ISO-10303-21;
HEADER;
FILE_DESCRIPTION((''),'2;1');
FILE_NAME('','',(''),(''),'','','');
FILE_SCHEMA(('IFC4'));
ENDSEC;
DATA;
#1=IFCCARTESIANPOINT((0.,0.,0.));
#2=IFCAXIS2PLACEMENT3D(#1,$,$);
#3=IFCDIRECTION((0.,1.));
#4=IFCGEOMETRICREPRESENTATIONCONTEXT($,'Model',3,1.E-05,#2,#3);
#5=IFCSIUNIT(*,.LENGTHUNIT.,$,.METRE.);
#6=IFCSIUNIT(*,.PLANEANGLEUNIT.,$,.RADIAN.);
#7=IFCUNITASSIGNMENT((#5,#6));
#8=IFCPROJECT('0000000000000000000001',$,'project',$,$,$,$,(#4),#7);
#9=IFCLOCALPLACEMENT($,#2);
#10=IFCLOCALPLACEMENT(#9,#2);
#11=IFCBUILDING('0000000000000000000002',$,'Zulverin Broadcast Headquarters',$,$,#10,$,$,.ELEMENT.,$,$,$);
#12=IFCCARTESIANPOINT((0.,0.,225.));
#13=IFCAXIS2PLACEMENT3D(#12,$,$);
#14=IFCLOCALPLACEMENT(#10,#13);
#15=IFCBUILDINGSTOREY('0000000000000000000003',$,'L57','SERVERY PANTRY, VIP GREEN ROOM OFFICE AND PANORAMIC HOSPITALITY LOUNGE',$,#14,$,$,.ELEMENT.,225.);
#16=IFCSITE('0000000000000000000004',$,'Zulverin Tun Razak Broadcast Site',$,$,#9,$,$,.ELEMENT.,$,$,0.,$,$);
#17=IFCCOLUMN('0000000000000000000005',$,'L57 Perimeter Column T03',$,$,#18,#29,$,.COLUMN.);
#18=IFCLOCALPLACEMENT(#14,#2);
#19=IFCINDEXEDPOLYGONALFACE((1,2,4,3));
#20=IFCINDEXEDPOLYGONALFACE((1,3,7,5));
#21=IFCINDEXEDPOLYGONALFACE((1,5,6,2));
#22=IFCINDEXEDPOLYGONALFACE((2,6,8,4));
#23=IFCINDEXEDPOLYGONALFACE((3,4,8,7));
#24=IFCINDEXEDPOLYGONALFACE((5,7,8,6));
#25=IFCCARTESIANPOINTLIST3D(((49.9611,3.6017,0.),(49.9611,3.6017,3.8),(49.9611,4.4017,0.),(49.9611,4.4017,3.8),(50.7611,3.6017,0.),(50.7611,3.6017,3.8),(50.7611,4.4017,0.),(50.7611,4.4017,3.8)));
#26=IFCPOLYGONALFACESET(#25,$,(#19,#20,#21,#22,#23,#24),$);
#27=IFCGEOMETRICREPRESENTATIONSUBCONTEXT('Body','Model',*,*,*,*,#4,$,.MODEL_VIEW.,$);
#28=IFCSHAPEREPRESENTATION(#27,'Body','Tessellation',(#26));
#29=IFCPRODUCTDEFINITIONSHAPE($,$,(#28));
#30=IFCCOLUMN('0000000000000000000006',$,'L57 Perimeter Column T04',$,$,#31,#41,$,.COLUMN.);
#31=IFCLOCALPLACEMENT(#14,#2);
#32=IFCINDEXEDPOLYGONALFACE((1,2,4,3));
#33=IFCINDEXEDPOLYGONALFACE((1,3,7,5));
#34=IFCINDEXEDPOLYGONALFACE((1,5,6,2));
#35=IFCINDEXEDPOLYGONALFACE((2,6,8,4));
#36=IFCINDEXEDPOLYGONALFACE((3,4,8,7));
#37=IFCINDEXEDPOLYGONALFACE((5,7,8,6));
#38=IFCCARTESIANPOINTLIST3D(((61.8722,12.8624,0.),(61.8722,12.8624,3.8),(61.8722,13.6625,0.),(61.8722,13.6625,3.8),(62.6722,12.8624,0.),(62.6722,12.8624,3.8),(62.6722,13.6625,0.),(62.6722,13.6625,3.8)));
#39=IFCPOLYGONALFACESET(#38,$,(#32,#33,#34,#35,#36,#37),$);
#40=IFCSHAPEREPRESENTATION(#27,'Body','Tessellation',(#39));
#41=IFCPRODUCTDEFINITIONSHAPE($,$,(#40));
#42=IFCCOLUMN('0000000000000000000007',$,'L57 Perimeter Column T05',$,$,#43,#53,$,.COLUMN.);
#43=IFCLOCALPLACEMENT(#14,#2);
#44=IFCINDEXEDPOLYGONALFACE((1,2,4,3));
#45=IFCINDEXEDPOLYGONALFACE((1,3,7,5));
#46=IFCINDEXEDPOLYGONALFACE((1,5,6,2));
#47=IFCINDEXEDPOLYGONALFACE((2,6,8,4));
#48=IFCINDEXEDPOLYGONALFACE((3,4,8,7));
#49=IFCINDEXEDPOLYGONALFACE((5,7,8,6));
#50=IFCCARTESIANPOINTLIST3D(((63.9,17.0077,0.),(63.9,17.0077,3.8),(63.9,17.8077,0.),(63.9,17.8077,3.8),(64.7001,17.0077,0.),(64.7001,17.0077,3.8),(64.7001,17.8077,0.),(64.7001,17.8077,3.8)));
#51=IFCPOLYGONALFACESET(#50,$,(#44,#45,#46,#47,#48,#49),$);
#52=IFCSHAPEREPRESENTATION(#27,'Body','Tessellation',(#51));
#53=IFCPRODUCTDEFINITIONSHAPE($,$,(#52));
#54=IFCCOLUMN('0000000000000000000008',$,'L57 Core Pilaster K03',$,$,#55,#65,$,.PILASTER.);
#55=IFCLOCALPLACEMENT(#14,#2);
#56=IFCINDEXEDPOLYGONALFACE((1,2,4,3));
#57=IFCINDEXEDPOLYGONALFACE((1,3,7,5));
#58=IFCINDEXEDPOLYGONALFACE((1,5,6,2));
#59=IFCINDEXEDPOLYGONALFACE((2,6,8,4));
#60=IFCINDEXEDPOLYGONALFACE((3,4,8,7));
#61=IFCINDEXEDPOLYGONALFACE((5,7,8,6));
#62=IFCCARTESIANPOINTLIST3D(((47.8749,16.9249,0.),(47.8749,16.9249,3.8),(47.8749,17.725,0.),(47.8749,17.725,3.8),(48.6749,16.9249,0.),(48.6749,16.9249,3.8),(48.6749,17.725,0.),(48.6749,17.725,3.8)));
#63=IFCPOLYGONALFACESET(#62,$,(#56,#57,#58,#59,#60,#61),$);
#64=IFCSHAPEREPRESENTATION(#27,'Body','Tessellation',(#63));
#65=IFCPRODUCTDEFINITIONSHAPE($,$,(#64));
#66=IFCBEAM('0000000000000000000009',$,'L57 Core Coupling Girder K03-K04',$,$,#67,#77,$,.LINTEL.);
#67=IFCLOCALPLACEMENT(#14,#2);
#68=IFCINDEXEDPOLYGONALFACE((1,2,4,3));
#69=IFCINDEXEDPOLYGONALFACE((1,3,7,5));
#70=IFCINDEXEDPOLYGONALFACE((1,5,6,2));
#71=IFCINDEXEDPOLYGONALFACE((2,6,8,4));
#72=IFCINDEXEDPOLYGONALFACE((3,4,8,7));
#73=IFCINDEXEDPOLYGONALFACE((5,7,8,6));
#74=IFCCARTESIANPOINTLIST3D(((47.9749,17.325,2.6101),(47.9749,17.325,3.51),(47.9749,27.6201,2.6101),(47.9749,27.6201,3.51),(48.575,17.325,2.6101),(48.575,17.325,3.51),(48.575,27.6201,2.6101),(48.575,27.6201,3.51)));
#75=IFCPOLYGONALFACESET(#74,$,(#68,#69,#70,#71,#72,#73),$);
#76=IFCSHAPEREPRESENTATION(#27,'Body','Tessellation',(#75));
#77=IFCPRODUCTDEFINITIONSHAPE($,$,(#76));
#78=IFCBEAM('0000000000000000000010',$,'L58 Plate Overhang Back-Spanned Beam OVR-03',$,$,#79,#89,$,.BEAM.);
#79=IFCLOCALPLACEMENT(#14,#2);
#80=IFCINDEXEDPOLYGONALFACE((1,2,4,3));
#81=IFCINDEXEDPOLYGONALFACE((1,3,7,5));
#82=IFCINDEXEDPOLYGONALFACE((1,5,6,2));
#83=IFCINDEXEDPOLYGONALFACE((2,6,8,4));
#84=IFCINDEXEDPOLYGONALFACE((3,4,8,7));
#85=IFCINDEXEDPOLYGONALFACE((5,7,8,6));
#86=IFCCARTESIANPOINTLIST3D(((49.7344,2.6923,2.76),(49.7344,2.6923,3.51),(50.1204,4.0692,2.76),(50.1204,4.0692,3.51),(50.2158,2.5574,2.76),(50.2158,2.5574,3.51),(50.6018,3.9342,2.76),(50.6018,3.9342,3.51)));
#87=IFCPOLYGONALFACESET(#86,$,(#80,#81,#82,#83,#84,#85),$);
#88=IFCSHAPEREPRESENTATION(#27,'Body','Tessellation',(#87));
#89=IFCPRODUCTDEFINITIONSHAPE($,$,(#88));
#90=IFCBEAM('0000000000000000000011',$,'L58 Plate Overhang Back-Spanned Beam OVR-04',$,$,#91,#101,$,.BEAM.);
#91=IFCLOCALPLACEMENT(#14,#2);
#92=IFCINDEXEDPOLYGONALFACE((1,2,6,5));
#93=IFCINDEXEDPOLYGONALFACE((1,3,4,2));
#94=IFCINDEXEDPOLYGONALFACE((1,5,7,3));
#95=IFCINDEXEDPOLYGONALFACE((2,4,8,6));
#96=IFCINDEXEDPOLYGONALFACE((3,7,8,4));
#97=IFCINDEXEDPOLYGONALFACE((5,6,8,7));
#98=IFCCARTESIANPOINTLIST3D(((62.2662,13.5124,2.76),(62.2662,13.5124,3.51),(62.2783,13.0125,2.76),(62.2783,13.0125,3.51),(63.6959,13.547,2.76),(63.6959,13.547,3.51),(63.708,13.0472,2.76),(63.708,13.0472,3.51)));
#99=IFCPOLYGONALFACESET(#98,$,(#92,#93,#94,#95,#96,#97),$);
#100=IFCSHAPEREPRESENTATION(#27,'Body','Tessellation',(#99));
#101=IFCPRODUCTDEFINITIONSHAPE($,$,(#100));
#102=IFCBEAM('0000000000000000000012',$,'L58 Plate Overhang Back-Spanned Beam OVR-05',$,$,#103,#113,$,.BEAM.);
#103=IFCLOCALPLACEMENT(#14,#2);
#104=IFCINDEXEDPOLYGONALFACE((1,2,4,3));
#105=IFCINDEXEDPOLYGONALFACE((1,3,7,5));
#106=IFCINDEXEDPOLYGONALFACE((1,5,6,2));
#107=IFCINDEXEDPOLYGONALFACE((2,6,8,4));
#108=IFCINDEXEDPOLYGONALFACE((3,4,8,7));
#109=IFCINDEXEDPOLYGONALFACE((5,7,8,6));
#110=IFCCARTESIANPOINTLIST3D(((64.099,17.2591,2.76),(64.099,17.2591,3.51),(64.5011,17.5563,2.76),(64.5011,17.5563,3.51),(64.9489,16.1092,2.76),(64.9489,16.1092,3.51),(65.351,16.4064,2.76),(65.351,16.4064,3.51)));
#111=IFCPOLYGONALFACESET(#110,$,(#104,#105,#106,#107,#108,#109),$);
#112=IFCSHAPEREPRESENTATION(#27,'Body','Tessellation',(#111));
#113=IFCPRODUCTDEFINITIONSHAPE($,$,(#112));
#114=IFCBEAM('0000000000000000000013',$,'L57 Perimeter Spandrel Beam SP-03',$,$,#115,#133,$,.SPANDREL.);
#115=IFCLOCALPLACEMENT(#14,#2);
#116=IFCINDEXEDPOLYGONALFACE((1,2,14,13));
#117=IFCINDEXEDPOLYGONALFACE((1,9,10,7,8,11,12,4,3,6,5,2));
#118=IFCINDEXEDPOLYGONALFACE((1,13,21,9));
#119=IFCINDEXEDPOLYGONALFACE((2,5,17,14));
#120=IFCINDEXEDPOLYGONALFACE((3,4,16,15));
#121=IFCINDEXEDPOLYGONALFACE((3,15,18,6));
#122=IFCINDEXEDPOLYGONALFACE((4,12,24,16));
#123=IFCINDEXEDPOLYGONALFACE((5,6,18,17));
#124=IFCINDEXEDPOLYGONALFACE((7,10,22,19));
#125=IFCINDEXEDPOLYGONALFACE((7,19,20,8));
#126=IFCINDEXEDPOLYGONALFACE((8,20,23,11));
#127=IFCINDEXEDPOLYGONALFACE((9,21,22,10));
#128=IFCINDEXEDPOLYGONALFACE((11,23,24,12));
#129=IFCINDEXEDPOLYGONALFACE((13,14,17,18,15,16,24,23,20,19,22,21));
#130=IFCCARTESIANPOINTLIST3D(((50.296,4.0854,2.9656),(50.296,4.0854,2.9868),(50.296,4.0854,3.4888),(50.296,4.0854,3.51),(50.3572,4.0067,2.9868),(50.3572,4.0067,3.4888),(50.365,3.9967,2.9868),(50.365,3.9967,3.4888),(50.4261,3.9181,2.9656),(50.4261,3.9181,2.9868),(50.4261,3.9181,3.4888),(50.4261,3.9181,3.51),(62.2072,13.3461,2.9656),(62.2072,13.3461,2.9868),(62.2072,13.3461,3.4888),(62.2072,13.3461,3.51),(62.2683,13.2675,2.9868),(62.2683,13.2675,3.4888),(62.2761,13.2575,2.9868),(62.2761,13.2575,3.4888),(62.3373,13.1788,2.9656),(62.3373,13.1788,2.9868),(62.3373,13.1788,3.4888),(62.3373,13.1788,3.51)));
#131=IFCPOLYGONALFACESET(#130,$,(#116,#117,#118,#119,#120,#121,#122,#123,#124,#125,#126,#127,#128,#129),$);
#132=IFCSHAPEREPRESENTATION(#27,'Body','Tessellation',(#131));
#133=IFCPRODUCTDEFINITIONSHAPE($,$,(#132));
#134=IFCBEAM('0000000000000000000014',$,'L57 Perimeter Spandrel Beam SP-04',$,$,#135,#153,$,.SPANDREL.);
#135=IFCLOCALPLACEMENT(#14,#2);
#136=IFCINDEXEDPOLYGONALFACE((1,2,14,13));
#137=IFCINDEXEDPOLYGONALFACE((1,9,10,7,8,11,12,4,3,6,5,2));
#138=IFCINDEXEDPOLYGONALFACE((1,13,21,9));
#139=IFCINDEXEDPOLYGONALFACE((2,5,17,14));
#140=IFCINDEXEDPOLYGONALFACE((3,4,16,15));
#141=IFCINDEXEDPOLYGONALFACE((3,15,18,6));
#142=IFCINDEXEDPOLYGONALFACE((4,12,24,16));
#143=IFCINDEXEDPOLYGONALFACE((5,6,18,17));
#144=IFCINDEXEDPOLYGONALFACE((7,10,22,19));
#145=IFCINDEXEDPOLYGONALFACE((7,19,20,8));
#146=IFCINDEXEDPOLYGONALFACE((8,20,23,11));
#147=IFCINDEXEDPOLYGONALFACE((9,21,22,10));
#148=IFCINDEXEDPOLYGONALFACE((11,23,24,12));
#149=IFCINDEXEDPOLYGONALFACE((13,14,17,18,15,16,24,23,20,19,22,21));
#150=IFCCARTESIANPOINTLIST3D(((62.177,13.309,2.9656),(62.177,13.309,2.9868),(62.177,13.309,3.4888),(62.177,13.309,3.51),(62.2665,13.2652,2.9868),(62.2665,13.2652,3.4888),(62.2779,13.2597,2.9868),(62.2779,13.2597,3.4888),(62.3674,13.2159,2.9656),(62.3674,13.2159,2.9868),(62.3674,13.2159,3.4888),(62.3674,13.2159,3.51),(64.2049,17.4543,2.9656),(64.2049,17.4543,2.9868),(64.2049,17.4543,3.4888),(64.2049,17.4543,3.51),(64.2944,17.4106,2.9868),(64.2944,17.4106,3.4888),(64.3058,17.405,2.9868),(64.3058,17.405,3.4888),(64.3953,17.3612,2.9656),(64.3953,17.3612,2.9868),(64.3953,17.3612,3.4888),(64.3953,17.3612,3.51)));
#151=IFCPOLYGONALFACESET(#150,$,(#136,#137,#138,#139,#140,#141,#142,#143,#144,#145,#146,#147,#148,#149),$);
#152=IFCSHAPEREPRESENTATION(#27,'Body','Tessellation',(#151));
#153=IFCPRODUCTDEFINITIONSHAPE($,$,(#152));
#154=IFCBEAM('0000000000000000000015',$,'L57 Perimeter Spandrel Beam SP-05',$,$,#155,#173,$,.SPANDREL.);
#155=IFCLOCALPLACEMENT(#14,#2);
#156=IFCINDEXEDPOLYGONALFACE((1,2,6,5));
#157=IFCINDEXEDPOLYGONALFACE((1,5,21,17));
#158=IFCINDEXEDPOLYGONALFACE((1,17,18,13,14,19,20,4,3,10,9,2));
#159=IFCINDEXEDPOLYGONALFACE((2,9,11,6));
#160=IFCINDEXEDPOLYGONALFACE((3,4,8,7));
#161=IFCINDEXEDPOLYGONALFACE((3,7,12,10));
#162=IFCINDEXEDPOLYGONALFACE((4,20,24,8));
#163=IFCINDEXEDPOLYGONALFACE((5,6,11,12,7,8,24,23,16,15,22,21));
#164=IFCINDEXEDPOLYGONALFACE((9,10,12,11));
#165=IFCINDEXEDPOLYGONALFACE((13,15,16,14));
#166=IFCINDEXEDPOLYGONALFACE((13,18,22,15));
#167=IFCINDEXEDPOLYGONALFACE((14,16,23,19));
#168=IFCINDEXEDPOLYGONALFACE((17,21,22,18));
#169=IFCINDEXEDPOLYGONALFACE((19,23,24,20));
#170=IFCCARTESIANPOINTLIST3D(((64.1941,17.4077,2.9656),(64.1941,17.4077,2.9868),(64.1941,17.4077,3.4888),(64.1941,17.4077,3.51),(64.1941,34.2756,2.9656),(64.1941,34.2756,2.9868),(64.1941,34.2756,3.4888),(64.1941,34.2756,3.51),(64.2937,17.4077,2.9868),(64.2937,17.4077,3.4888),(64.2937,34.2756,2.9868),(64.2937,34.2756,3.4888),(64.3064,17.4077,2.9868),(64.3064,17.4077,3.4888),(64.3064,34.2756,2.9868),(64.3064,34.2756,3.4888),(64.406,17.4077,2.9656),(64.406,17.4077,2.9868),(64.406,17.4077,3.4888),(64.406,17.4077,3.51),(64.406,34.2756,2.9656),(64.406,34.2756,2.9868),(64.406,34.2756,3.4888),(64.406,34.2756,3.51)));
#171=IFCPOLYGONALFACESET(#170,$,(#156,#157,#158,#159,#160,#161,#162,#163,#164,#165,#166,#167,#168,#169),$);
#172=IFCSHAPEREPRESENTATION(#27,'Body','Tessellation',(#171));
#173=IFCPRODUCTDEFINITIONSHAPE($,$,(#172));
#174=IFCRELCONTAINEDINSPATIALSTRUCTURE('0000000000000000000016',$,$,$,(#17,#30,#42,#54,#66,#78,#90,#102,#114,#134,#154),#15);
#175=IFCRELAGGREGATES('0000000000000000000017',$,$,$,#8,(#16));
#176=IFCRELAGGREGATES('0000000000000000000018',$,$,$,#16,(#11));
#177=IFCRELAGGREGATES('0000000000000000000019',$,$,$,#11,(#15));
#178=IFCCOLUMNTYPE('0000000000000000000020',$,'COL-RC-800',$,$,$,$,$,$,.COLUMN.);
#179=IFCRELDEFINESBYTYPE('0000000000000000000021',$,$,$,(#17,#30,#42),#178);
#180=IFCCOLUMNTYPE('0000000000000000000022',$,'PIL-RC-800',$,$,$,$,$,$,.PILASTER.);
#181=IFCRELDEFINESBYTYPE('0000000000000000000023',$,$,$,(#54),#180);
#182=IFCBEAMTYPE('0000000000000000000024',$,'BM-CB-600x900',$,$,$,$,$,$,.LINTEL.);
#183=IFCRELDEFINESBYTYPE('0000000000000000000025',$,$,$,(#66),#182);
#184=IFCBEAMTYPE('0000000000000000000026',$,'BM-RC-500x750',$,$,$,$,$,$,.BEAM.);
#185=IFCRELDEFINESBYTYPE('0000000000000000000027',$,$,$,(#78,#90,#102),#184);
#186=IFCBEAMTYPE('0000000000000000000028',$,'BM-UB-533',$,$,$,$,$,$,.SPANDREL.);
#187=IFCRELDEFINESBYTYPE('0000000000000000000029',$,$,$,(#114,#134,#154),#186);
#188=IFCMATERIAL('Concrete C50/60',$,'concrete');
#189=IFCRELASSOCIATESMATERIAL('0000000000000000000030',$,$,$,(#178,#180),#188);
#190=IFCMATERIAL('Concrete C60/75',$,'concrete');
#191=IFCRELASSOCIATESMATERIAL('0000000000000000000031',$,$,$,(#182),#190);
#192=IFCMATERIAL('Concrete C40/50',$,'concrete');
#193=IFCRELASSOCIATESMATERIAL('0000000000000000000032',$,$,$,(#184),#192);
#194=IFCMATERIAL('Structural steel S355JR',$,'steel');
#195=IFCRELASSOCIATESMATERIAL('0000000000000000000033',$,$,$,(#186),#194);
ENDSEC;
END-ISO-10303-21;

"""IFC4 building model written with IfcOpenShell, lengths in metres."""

from ifc_helpers import new_model, si_unit, direction, frame, origin, origin_2d, place, context, subcontext, project, spatial, rectangle, i_section, extrude, material, material_profile, profile_set, type_object, element, save


model = new_model("IFC4")

# Units and contexts
model_context = context("Model", 3, precision=1e-05, world=origin(), true_north=direction((0.0, 1.0)))
body_context = subcontext(model_context, "Body", "Model", "MODEL_VIEW")
ifc_project = project(units=[si_unit("LENGTHUNIT", "METRE"), si_unit("PLANEANGLEUNIT", "RADIAN")], contexts=[model_context])

# Site, building, storey
site_placement = place(None, origin())
site = spatial("IfcSite", under=ifc_project, at=site_placement, Name="Zulverin Tun Razak Broadcast Site", CompositionType="ELEMENT", RefElevation=0.0)
building_placement = place(site_placement, origin())
building = spatial("IfcBuilding", under=site, at=building_placement, Name="Zulverin Broadcast Headquarters", CompositionType="ELEMENT")
storey_placement = place(building_placement, frame((0.0, 0.0, 225.0)))
storey = spatial("IfcBuildingStorey", under=building, at=storey_placement, Name="L57", Description="SERVERY PANTRY, VIP GREEN ROOM OFFICE AND PANORAMIC HOSPITALITY LOUNGE", CompositionType="ELEMENT", Elevation=225.0)

# Columns
ifc_material_1 = material(Name="Concrete C50/60", Category="concrete")
ifc_material_profile_1 = material_profile(ifc_material_1, rectangle(XDim=0.8, YDim=0.8, at=origin_2d()), Name="Concrete C50/60", Category="concrete")
ifc_profile_set_1 = profile_set([ifc_material_profile_1], Name="Concrete C50/60")
column_type_1 = type_object("IfcColumnType", Name="COL-RC-800", PredefinedType="COLUMN", material=ifc_profile_set_1)
for number, where, z_axis, x_axis, name in (
    (1, (50.3611, 4.0017, 0.0), (0.0, 0.0, 1.0), (1.0, 0.0, 0.0), "L57 Perimeter Column T03"),
    (2, (62.2722, 13.2625, 0.0), (0.0, 0.0, 1.0), (1.0, 0.0, 0.0), "L57 Perimeter Column T04"),
    (3, (64.3, 17.4077, 0.0), (0.0, 0.0, 1.0), (1.0, 0.0, 0.0), "L57 Perimeter Column T05"),
):
    element("IfcColumn", number, at=place(storey_placement, frame(where, z_axis=z_axis, x_axis=x_axis)), inside=storey, type_object=column_type_1, Name=name, PredefinedType="COLUMN", context=body_context, shape_type="SweptSolid", body=[
        extrude(rectangle(XDim=0.8, YDim=0.8, at=origin_2d()), origin(), (0.0, 0.0, 1.0), 3.8),
    ])
ifc_material_profile_2 = material_profile(ifc_material_1, rectangle(XDim=0.8, YDim=0.8, at=origin_2d()), Name="Concrete C50/60", Category="concrete")
ifc_profile_set_2 = profile_set([ifc_material_profile_2], Name="Concrete C50/60")
column_type_2 = type_object("IfcColumnType", Name="PIL-RC-800", PredefinedType="PILASTER", material=ifc_profile_set_2)
column_placement = place(storey_placement, frame((48.2749, 17.325, 0.0), z_axis=(0.0, 0.0, 1.0), x_axis=(1.0, 0.0, 0.0)))
element("IfcColumn", 4, at=column_placement, inside=storey, type_object=column_type_2, Name="L57 Core Pilaster K03", PredefinedType="PILASTER", context=body_context, shape_type="SweptSolid", body=[
    extrude(rectangle(XDim=0.8, YDim=0.8, at=origin_2d()), origin(), (0.0, 0.0, 1.0), 3.8),
])

# Beams
ifc_material_2 = material(Name="Concrete C60/75", Category="concrete")
ifc_material_profile_3 = material_profile(ifc_material_2, rectangle(XDim=0.6001, YDim=0.8999, at=origin_2d()), Name="Concrete C60/75", Category="concrete")
ifc_profile_set_3 = profile_set([ifc_material_profile_3], Name="Concrete C60/75")
beam_type_1 = type_object("IfcBeamType", Name="BM-CB-600x900", PredefinedType="LINTEL", material=ifc_profile_set_3)
beam_1_placement = place(storey_placement, frame((48.2749, 17.325, 3.0601), z_axis=(0.0, 1.0, 0.0), x_axis=(-1.0, 0.0, 0.0)))
element("IfcBeam", 5, at=beam_1_placement, inside=storey, type_object=beam_type_1, Name="L57 Core Coupling Girder K03-K04", PredefinedType="LINTEL", context=body_context, shape_type="SweptSolid", body=[
    extrude(rectangle(XDim=0.6001, YDim=0.8999, at=origin_2d()), origin(), (0.0, 0.0, 1.0), 10.2952),
])
ifc_material_3 = material(Name="Concrete C40/50", Category="concrete")
ifc_material_profile_4 = material_profile(ifc_material_3, rectangle(XDim=0.5, YDim=0.75, at=origin_2d()), Name="Concrete C40/50", Category="concrete")
ifc_profile_set_4 = profile_set([ifc_material_profile_4], Name="Concrete C40/50")
beam_type_2 = type_object("IfcBeamType", Name="BM-RC-500x750", PredefinedType="BEAM", material=ifc_profile_set_4)
beam_2_placement = place(storey_placement, frame((50.3611, 4.0017, 3.135), z_axis=(-0.269915, -0.962884, 0.0), x_axis=(0.962884, -0.269915, 0.0)))
element("IfcBeam", 6, at=beam_2_placement, inside=storey, type_object=beam_type_2, Name="L58 Plate Overhang Back-Spanned Beam OVR-03", PredefinedType="BEAM", context=body_context, shape_type="SweptSolid", body=[
    extrude(rectangle(XDim=0.5, YDim=0.75, at=origin_2d()), origin(), (0.0, 0.0, 1.0), 1.4299),
])
beam_3_placement = place(storey_placement, frame((62.2722, 13.2625, 3.135), z_axis=(0.999706, 0.024242, 0.0), x_axis=(-0.024242, 0.999706, 0.0)))
element("IfcBeam", 7, at=beam_3_placement, inside=storey, type_object=beam_type_2, Name="L58 Plate Overhang Back-Spanned Beam OVR-04", PredefinedType="BEAM", context=body_context, shape_type="SweptSolid", body=[
    extrude(rectangle(XDim=0.5, YDim=0.75, at=origin_2d()), origin(), (0.0, 0.0, 1.0), 1.4302),
])
beam_4_placement = place(storey_placement, frame((64.3, 17.4077, 3.135), z_axis=(0.594357, -0.804201, 0.0), x_axis=(0.804201, 0.594357, 0.0)))
element("IfcBeam", 8, at=beam_4_placement, inside=storey, type_object=beam_type_2, Name="L58 Plate Overhang Back-Spanned Beam OVR-05", PredefinedType="BEAM", context=body_context, shape_type="SweptSolid", body=[
    extrude(rectangle(XDim=0.5, YDim=0.75, at=origin_2d()), origin(), (0.0, 0.0, 1.0), 1.4299),
])
ifc_material_4 = material(Name="Structural steel S355JR", Category="steel")
ifc_material_profile_5 = material_profile(ifc_material_4, i_section(OverallWidth=0.2119, OverallDepth=0.5444, WebThickness=0.0127, FlangeThickness=0.0212, at=origin_2d()), Name="Structural steel S355JR", Category="steel")
ifc_profile_set_5 = profile_set([ifc_material_profile_5], Name="Structural steel S355JR")
beam_type_3 = type_object("IfcBeamType", Name="BM-UB-533", PredefinedType="SPANDREL", material=ifc_profile_set_5)
beam_5_placement = place(storey_placement, frame((50.3611, 4.0017, 3.2378), z_axis=(0.789464, 0.613797, 0.0), x_axis=(-0.613797, 0.789464, 0.0)))
element("IfcBeam", 9, at=beam_5_placement, inside=storey, type_object=beam_type_3, Name="L57 Perimeter Spandrel Beam SP-03", PredefinedType="SPANDREL", context=body_context, shape_type="SweptSolid", body=[
    extrude(i_section(OverallWidth=0.2119, OverallDepth=0.5444, WebThickness=0.0127, FlangeThickness=0.0212, at=origin_2d()), origin(), (0.0, 0.0, 1.0), 15.0876),
])
beam_6_placement = place(storey_placement, frame((62.2722, 13.2625, 3.2378), z_axis=(0.43943, 0.898277, 0.0), x_axis=(-0.898277, 0.43943, 0.0)))
element("IfcBeam", 10, at=beam_6_placement, inside=storey, type_object=beam_type_3, Name="L57 Perimeter Spandrel Beam SP-04", PredefinedType="SPANDREL", context=body_context, shape_type="SweptSolid", body=[
    extrude(i_section(OverallWidth=0.2119, OverallDepth=0.5444, WebThickness=0.0127, FlangeThickness=0.0212, at=origin_2d()), origin(), (0.0, 0.0, 1.0), 4.6147),
])
beam_7_placement = place(storey_placement, frame((64.3, 17.4077, 3.2378), z_axis=(0.0, 1.0, 0.0), x_axis=(-1.0, 0.0, 0.0)))
element("IfcBeam", 11, at=beam_7_placement, inside=storey, type_object=beam_type_3, Name="L57 Perimeter Spandrel Beam SP-05", PredefinedType="SPANDREL", context=body_context, shape_type="SweptSolid", body=[
    extrude(i_section(OverallWidth=0.2119, OverallDepth=0.5444, WebThickness=0.0127, FlangeThickness=0.0212, at=origin_2d()), origin(), (0.0, 0.0, 1.0), 16.8679),
])

save(model, "model.ifc")
